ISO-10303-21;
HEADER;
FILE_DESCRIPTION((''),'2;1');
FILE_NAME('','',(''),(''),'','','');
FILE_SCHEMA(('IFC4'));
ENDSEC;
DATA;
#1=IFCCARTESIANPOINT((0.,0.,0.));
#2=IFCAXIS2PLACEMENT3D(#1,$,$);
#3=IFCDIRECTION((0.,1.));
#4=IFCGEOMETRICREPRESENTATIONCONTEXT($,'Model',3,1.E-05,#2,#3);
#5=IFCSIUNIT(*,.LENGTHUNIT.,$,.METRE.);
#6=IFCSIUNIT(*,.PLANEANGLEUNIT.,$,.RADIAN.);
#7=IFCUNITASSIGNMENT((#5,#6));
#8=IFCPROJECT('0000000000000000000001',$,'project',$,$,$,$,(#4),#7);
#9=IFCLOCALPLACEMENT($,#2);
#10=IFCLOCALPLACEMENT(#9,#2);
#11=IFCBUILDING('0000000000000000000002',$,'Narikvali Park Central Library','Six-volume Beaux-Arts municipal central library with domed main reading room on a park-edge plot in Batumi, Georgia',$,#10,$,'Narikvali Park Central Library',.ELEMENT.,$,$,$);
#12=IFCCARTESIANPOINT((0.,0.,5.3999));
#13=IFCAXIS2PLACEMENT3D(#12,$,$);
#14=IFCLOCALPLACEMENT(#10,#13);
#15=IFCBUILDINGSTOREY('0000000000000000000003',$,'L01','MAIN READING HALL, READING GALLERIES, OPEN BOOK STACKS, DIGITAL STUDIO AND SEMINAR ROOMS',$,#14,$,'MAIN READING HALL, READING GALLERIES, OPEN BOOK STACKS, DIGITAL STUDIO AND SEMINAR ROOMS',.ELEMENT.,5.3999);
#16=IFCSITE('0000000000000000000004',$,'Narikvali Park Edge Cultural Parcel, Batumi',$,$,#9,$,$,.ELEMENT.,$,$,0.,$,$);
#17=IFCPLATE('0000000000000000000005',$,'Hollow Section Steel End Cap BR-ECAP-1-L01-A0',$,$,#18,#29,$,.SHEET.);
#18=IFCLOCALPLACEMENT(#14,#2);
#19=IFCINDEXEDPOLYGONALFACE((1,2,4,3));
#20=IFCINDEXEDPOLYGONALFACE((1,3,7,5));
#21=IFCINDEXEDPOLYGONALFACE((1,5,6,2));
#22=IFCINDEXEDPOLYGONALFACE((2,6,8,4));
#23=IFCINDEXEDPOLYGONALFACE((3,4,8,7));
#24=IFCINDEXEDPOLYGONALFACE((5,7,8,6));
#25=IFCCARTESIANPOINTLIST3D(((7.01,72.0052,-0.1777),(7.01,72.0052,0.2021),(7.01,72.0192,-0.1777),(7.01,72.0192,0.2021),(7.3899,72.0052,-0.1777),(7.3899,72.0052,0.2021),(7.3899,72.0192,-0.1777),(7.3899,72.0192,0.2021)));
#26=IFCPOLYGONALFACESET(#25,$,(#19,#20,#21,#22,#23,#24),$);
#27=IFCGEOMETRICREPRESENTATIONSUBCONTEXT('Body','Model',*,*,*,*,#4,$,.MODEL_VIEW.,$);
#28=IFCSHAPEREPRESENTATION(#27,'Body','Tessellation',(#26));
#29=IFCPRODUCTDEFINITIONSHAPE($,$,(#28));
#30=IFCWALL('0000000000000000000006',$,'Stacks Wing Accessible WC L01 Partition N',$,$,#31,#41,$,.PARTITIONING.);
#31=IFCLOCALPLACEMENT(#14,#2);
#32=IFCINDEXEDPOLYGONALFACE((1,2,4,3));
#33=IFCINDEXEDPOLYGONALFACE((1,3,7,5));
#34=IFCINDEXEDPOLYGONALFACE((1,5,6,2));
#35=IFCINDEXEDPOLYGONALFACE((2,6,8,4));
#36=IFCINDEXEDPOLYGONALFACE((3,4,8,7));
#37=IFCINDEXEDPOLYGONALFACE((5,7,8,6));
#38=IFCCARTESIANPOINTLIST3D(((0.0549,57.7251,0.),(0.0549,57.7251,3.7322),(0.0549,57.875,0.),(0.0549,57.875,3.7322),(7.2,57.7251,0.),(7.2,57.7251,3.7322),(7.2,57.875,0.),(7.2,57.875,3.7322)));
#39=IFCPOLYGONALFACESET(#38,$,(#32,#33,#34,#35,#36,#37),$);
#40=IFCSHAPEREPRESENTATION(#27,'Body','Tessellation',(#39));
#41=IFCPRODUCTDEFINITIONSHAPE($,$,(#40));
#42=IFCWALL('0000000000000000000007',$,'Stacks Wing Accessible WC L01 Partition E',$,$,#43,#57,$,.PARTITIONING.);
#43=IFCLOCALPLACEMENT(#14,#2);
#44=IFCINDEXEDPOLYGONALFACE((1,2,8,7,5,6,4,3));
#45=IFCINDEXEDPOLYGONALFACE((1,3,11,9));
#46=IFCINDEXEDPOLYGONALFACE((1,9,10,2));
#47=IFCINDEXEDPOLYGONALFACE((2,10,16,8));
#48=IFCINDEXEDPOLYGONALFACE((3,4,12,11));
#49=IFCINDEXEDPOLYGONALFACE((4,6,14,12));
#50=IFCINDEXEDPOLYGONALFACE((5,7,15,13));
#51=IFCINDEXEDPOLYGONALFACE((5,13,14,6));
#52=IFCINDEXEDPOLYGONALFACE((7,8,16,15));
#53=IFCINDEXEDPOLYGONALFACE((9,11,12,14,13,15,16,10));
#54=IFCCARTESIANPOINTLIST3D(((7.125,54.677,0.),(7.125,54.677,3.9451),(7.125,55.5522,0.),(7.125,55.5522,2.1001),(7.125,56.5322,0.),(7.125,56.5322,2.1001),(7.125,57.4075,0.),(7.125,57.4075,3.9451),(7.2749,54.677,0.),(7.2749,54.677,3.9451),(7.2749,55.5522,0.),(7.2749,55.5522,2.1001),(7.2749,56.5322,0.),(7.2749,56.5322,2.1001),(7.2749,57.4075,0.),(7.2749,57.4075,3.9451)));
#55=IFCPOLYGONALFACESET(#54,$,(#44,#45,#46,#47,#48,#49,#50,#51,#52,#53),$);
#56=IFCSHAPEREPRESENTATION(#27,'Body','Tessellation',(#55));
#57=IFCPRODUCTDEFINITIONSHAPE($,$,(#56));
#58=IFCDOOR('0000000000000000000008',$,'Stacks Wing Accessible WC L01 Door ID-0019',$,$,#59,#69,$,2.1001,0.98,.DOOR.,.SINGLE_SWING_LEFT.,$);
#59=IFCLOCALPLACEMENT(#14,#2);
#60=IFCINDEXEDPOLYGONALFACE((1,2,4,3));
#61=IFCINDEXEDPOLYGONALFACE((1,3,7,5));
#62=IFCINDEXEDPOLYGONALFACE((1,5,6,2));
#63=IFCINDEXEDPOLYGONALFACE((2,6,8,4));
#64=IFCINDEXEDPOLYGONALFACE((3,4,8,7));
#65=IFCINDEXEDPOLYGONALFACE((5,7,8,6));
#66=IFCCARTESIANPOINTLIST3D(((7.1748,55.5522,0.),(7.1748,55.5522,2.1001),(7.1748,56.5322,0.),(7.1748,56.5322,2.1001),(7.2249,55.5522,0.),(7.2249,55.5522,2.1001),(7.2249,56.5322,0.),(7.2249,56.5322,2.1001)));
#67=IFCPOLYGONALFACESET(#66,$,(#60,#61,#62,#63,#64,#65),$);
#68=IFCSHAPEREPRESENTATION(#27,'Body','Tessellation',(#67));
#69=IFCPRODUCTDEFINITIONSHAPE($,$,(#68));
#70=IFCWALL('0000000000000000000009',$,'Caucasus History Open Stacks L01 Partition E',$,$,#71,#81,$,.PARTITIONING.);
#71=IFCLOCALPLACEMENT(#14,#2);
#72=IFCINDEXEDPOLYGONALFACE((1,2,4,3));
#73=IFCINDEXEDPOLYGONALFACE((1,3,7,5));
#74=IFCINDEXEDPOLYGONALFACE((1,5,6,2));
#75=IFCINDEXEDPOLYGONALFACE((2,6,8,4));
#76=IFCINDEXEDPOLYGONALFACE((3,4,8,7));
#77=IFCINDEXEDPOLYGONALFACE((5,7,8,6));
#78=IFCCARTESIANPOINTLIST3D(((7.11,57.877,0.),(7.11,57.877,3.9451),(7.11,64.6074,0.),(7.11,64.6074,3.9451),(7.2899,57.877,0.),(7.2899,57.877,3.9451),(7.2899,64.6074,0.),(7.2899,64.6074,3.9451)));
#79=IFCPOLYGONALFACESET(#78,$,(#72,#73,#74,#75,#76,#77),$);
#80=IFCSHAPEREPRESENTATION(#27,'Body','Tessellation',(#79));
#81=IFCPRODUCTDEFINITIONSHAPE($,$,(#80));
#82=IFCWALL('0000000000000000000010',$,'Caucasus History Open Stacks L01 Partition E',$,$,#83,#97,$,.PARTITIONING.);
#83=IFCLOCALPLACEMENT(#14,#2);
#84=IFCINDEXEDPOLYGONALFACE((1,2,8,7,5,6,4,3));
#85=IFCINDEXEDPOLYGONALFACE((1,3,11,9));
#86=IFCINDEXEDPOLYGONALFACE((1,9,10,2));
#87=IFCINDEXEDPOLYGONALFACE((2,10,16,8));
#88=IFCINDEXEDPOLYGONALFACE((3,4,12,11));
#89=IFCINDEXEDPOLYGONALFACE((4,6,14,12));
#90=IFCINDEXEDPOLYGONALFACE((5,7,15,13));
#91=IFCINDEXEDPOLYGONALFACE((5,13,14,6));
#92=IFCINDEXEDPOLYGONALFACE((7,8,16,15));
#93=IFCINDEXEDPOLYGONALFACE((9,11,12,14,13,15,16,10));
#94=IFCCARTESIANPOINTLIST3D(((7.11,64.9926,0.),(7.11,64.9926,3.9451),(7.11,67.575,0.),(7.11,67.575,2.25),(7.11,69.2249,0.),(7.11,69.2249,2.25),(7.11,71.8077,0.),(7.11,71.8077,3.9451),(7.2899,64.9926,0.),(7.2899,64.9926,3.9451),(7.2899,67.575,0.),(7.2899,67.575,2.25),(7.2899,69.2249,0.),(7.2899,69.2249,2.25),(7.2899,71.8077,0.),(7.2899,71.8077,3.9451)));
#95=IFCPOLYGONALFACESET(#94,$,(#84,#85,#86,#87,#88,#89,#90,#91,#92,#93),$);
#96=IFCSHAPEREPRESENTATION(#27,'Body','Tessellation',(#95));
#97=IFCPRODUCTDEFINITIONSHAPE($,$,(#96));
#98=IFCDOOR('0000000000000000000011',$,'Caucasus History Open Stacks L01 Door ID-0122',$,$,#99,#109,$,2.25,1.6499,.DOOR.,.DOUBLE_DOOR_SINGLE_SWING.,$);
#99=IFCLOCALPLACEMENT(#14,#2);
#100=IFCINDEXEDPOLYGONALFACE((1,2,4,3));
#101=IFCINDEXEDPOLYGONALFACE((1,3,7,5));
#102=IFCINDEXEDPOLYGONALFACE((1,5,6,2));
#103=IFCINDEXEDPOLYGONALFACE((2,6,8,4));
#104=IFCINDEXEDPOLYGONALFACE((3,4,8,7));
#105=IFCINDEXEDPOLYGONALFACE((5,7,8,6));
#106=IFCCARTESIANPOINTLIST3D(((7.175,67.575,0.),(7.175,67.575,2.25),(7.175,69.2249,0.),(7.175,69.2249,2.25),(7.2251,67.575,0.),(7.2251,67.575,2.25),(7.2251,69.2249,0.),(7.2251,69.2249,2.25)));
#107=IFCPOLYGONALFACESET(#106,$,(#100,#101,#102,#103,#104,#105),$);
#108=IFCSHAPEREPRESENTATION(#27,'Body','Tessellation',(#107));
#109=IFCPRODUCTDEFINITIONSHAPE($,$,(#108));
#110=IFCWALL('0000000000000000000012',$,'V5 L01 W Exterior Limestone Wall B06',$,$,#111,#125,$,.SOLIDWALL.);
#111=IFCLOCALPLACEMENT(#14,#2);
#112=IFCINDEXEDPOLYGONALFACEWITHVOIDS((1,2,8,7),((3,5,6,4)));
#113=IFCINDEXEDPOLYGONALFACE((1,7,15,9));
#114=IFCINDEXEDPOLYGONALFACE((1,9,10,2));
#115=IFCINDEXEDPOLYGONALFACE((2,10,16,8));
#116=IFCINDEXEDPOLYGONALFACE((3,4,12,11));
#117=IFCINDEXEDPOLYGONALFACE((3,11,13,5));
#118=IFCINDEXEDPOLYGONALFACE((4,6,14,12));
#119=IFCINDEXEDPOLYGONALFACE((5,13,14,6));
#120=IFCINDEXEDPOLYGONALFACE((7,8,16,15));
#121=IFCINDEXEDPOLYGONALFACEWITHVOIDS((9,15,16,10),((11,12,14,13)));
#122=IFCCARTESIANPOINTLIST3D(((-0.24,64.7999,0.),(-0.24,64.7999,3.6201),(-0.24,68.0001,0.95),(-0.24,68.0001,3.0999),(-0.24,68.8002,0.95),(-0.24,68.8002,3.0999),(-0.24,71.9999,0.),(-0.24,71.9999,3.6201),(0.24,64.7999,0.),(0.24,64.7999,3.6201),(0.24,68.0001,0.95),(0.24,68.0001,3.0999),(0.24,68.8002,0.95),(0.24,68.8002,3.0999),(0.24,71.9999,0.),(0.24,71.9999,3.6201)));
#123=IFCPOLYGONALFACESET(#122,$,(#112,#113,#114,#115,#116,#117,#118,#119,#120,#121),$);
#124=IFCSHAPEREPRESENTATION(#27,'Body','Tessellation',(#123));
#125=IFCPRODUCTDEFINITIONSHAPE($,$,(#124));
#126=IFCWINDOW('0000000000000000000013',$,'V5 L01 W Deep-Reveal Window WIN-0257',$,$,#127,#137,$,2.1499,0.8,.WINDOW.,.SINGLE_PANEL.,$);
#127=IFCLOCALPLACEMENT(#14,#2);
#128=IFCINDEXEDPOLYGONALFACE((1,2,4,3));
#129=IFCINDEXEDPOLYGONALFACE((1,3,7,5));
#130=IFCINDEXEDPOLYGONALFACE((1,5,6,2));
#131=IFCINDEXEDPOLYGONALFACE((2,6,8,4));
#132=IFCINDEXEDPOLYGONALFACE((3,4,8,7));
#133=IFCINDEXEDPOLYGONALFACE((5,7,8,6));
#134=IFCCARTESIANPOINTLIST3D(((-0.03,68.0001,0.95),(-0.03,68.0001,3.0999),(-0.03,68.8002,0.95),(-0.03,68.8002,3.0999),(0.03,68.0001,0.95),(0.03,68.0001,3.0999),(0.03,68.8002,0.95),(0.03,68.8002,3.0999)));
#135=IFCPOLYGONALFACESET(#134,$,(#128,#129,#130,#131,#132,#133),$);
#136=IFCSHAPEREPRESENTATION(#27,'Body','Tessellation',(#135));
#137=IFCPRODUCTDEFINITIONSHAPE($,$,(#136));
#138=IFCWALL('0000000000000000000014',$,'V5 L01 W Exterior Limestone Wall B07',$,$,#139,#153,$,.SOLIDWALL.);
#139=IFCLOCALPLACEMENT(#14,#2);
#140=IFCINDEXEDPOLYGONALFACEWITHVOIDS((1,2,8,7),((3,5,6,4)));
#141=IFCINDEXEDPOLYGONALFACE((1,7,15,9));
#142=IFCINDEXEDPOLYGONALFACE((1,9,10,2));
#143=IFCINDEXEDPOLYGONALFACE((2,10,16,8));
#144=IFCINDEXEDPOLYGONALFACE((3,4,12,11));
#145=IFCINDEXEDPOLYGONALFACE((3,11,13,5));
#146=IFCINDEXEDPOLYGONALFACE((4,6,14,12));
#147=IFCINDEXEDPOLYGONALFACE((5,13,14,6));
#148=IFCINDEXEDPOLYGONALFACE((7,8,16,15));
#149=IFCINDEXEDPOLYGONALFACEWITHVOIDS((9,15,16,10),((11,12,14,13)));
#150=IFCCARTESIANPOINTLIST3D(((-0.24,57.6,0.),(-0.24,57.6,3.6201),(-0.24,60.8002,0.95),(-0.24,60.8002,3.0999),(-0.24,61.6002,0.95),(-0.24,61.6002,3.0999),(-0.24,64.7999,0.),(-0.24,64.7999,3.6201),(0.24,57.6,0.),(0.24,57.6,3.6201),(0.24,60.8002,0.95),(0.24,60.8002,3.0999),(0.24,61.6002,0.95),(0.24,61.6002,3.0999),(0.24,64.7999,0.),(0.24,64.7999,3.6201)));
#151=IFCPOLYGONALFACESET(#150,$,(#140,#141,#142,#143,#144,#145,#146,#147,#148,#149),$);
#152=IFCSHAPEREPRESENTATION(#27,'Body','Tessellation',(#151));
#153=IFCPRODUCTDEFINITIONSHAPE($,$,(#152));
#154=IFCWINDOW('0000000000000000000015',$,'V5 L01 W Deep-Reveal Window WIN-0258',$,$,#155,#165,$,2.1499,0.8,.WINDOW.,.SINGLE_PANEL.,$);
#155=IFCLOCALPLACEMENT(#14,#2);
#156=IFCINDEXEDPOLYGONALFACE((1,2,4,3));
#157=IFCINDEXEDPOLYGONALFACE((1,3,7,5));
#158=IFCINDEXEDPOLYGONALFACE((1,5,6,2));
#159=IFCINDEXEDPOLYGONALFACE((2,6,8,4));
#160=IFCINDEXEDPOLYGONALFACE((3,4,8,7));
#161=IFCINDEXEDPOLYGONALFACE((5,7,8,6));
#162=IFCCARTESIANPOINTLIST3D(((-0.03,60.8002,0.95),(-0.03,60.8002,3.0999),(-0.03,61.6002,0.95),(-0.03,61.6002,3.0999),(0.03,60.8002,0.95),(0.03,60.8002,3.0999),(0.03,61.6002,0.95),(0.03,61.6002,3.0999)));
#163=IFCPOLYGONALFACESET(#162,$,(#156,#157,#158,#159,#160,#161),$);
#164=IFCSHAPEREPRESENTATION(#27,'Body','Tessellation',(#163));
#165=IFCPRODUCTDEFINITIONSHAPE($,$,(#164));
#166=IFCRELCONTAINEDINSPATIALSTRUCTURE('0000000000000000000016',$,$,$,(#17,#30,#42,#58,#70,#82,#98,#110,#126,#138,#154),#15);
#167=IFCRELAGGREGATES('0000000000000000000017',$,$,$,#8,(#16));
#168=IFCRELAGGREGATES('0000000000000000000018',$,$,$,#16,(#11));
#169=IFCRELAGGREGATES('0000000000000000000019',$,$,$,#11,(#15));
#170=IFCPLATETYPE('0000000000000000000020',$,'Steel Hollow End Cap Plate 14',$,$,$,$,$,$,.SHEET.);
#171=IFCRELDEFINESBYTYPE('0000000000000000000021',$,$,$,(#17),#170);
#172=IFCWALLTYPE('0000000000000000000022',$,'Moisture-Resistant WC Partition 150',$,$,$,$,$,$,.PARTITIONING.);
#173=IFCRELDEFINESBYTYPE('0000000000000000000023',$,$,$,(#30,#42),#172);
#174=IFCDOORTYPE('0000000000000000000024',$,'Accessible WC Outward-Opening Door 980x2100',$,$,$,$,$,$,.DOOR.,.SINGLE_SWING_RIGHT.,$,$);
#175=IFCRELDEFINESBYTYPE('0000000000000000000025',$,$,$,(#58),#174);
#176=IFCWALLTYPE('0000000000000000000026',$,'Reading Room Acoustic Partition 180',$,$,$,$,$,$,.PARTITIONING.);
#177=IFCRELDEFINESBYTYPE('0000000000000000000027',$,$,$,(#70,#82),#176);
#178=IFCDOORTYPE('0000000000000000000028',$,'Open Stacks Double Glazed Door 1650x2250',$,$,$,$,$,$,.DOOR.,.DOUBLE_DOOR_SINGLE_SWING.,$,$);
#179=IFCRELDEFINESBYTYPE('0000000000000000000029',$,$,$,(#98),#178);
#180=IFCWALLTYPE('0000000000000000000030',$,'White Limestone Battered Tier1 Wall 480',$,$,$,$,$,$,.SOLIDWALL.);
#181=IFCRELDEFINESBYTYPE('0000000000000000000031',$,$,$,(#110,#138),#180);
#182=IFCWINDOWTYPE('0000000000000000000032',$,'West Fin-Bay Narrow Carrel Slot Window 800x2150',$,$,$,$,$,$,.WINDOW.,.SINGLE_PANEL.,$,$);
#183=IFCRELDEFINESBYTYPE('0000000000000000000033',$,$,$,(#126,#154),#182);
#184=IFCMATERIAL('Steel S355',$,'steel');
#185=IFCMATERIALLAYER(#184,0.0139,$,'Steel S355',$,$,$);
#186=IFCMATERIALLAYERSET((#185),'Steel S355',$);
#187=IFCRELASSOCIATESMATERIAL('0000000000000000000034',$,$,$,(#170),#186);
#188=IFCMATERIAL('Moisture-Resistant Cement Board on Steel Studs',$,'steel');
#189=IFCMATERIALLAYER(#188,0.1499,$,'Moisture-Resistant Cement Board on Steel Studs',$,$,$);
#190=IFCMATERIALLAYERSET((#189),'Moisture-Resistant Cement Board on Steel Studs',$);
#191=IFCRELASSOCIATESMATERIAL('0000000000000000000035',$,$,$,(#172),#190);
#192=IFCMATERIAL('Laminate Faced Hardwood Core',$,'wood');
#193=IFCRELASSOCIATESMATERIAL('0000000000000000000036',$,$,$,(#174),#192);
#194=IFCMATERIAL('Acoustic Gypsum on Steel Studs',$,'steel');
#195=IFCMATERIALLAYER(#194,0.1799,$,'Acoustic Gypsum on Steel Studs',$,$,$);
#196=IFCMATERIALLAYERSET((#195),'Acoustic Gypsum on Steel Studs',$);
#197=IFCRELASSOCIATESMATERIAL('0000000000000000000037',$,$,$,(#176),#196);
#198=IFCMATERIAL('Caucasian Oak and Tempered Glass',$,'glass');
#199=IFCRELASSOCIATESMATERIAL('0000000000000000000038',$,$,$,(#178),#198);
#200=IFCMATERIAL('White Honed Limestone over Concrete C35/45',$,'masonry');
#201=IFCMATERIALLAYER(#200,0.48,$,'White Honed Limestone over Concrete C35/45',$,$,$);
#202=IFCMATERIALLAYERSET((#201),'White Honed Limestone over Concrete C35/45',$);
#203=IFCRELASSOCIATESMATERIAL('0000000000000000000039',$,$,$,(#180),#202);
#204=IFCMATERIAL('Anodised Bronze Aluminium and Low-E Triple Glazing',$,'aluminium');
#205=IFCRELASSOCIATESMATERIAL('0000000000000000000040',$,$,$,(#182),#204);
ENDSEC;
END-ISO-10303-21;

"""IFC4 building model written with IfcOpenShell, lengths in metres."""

from ifc_helpers import new_model, si_unit, direction, frame, frame_2d, origin, origin_2d, place, context, subcontext, project, spatial, rectangle, extrude, material, layer, layer_set, type_object, element, fill, save


model = new_model("IFC4")

# Units and contexts
model_context = context("Model", 3, precision=1e-05, world=origin(), true_north=direction((0.0, 1.0)))
body_context = subcontext(model_context, "Body", "Model", "MODEL_VIEW")
ifc_project = project(units=[si_unit("LENGTHUNIT", "METRE"), si_unit("PLANEANGLEUNIT", "RADIAN")], contexts=[model_context])

# Site, building, storey
site_placement = place(None, origin())
site = spatial("IfcSite", under=ifc_project, at=site_placement, Name="Narikvali Park Edge Cultural Parcel, Batumi", CompositionType="ELEMENT", RefElevation=0.0)
building_placement = place(site_placement, origin())
building = spatial("IfcBuilding", under=site, at=building_placement, Name="Narikvali Park Central Library", Description="Six-volume Beaux-Arts municipal central library with domed main reading room on a park-edge plot in Batumi, Georgia", LongName="Narikvali Park Central Library", CompositionType="ELEMENT")
storey_placement = place(building_placement, frame((0.0, 0.0, 5.3999)))
storey = spatial("IfcBuildingStorey", under=building, at=storey_placement, Name="L01", Description="MAIN READING HALL, READING GALLERIES, OPEN BOOK STACKS, DIGITAL STUDIO AND SEMINAR ROOMS", LongName="MAIN READING HALL, READING GALLERIES, OPEN BOOK STACKS, DIGITAL STUDIO AND SEMINAR ROOMS", CompositionType="ELEMENT", Elevation=5.3999)

# Shared definitions
ifc_material_1 = material(Name="Steel S355", Category="steel")

# Plate
ifc_layer_1 = layer(ifc_material_1, 0.0139, Name="Steel S355")
ifc_layer_set_1 = layer_set([ifc_layer_1], Name="Steel S355")
plate_type = type_object("IfcPlateType", Name="Steel Hollow End Cap Plate 14", PredefinedType="SHEET", material=ifc_layer_set_1)
plate_placement = place(storey_placement, frame((7.2, 72.0122, -0.1777), z_axis=(0.0, 0.0, 1.0), x_axis=(-1.0, 0.0, 0.0)))
element("IfcPlate", 1, at=plate_placement, inside=storey, type_object=plate_type, Name="Hollow Section Steel End Cap BR-ECAP-1-L01-A0", PredefinedType="SHEET", context=body_context, shape_type="SweptSolid", body=[
    extrude(rectangle(XDim=0.3799, YDim=0.0139, at=origin_2d()), origin(), (0.0, 0.0, 1.0), 0.3799),
])

# Wall
ifc_material_2 = material(Name="Moisture-Resistant Cement Board on Steel Studs", Category="steel")
ifc_layer_2 = layer(ifc_material_2, 0.1499, Name="Moisture-Resistant Cement Board on Steel Studs")
ifc_layer_set_2 = layer_set([ifc_layer_2], Name="Moisture-Resistant Cement Board on Steel Studs")
wall_type_1 = type_object("IfcWallType", Name="Moisture-Resistant WC Partition 150", PredefinedType="PARTITIONING", material=ifc_layer_set_2)
wall_1_placement = place(storey_placement, frame((0.0549, 57.8, 0.0), z_axis=(0.0, 0.0, 1.0), x_axis=(1.0, 0.0, 0.0)))
element("IfcWall", 2, at=wall_1_placement, inside=storey, type_object=wall_type_1, Name="Stacks Wing Accessible WC L01 Partition N", PredefinedType="PARTITIONING", context=body_context, shape_type="SweptSolid", body=[
    extrude(rectangle(XDim=7.145, YDim=0.1499, at=frame_2d((3.5725, 0.0))), origin(), (0.0, 0.0, 1.0), 3.7322),
])

# Wall, opening, door
wall_2_placement = place(storey_placement, frame((7.2, 54.677, 0.0), z_axis=(0.0, 0.0, 1.0), x_axis=(0.0, 1.0, 0.0)))
wall_2 = element("IfcWall", 3, at=wall_2_placement, inside=storey, type_object=wall_type_1, Name="Stacks Wing Accessible WC L01 Partition E", PredefinedType="PARTITIONING", context=body_context, shape_type="SweptSolid", body=[
    extrude(rectangle(XDim=2.7305, YDim=0.1499, at=frame_2d((1.3652, 0.0))), origin(), (0.0, 0.0, 1.0), 3.9451),
])
opening_1_placement = place(wall_2_placement, frame((0.8752, 0.0, 0.0)))
opening_1 = element("IfcOpeningElement", 4, at=opening_1_placement, cuts=wall_2, PredefinedType="OPENING", context=body_context, shape_type="SweptSolid", body=[
    extrude(rectangle(XDim=0.98, YDim=2.1001, at=frame_2d((0.49, 1.05))), frame((0.0, 0.0869, 0.0), z_axis=(0.0, -1.0, 0.0), x_axis=(1.0, 0.0, 0.0)), (0.0, 0.0, 1.0), 0.1738),
])
ifc_material_3 = material(Name="Laminate Faced Hardwood Core", Category="wood")
door_type_1 = type_object("IfcDoorType", Name="Accessible WC Outward-Opening Door 980x2100", OperationType="SINGLE_SWING_RIGHT", PredefinedType="DOOR", material=ifc_material_3)
door_1_placement = place(opening_1_placement, frame((0.98, 0.0, 0.0), z_axis=(0.0, 0.0, 1.0), x_axis=(-1.0, 0.0, 0.0)))
door_1 = element("IfcDoor", 5, at=door_1_placement, inside=storey, type_object=door_type_1, Name="Stacks Wing Accessible WC L01 Door ID-0019", OperationType="SINGLE_SWING_LEFT", OverallHeight=2.1001, OverallWidth=0.98, PredefinedType="DOOR", context=body_context, shape_type="SweptSolid", body=[
    extrude(rectangle(XDim=0.98, YDim=2.1001, at=frame_2d((0.49, 1.05))), frame((0.0, 0.0249, 0.0), z_axis=(0.0, -1.0, 0.0), x_axis=(1.0, 0.0, 0.0)), (0.0, 0.0, 1.0), 0.05),
])
fill(opening_1, door_1)

# Wall
ifc_material_4 = material(Name="Acoustic Gypsum on Steel Studs", Category="steel")
ifc_layer_3 = layer(ifc_material_4, 0.1799, Name="Acoustic Gypsum on Steel Studs")
ifc_layer_set_3 = layer_set([ifc_layer_3], Name="Acoustic Gypsum on Steel Studs")
wall_type_2 = type_object("IfcWallType", Name="Reading Room Acoustic Partition 180", PredefinedType="PARTITIONING", material=ifc_layer_set_3)
wall_3_placement = place(storey_placement, frame((7.2, 57.877, 0.0), z_axis=(0.0, 0.0, 1.0), x_axis=(0.0, 1.0, 0.0)))
element("IfcWall", 6, at=wall_3_placement, inside=storey, type_object=wall_type_2, Name="Caucasus History Open Stacks L01 Partition E", PredefinedType="PARTITIONING", context=body_context, shape_type="SweptSolid", body=[
    extrude(rectangle(XDim=6.7305, YDim=0.1799, at=frame_2d((3.3652, 0.0))), origin(), (0.0, 0.0, 1.0), 3.9451),
])

# Wall, opening, door
wall_4_placement = place(storey_placement, frame((7.2, 64.9924, 0.0), z_axis=(0.0, 0.0, 1.0), x_axis=(0.0, 1.0, 0.0)))
wall_4 = element("IfcWall", 7, at=wall_4_placement, inside=storey, type_object=wall_type_2, Name="Caucasus History Open Stacks L01 Partition E", PredefinedType="PARTITIONING", context=body_context, shape_type="SweptSolid", body=[
    extrude(rectangle(XDim=6.8152, YDim=0.1799, at=frame_2d((3.4077, 0.0))), origin(), (0.0, 0.0, 1.0), 3.9451),
])
opening_2_placement = place(wall_4_placement, frame((2.5825, 0.0, 0.0)))
opening_2 = element("IfcOpeningElement", 8, at=opening_2_placement, cuts=wall_4, PredefinedType="OPENING", context=body_context, shape_type="SweptSolid", body=[
    extrude(rectangle(XDim=1.6499, YDim=2.25, at=frame_2d((0.825, 1.125))), frame((0.0, 0.1021, 0.0), z_axis=(0.0, -1.0, 0.0), x_axis=(1.0, 0.0, 0.0)), (0.0, 0.0, 1.0), 0.2039),
])
ifc_material_5 = material(Name="Caucasian Oak and Tempered Glass", Category="glass")
door_type_2 = type_object("IfcDoorType", Name="Open Stacks Double Glazed Door 1650x2250", OperationType="DOUBLE_DOOR_SINGLE_SWING", PredefinedType="DOOR", material=ifc_material_5)
door_2_placement = place(opening_2_placement, origin())
door_2 = element("IfcDoor", 9, at=door_2_placement, inside=storey, type_object=door_type_2, Name="Caucasus History Open Stacks L01 Door ID-0122", OperationType="DOUBLE_DOOR_SINGLE_SWING", OverallHeight=2.25, OverallWidth=1.6499, PredefinedType="DOOR", context=body_context, shape_type="SweptSolid", body=[
    extrude(rectangle(XDim=1.6499, YDim=2.25, at=frame_2d((0.825, 1.125))), frame((0.0, 0.0249, 0.0), z_axis=(0.0, -1.0, 0.0), x_axis=(1.0, 0.0, 0.0)), (0.0, 0.0, 1.0), 0.05),
])
fill(opening_2, door_2)

# Walls, openings, windows
ifc_material_6 = material(Name="White Honed Limestone over Concrete C35/45", Category="masonry")
ifc_layer_4 = layer(ifc_material_6, 0.48, Name="White Honed Limestone over Concrete C35/45")
ifc_layer_set_4 = layer_set([ifc_layer_4], Name="White Honed Limestone over Concrete C35/45")
wall_type_3 = type_object("IfcWallType", Name="White Limestone Battered Tier1 Wall 480", PredefinedType="SOLIDWALL", material=ifc_layer_set_4)
wall_5_placement = place(storey_placement, frame((0.0, 72.0, 0.0), z_axis=(0.0, 0.0, 1.0), x_axis=(0.0, -1.0, 0.0)))
wall_5 = element("IfcWall", 10, at=wall_5_placement, inside=storey, type_object=wall_type_3, Name="V5 L01 W Exterior Limestone Wall B06", PredefinedType="SOLIDWALL", context=body_context, shape_type="SweptSolid", body=[
    extrude(rectangle(XDim=7.2, YDim=0.48, at=frame_2d((3.6001, 0.0))), origin(), (0.0, 0.0, 1.0), 3.6201),
])
opening_3_placement = place(wall_5_placement, frame((3.2, 0.0, 0.95)))
opening_3 = element("IfcOpeningElement", 11, at=opening_3_placement, cuts=wall_5, PredefinedType="OPENING", context=body_context, shape_type="SweptSolid", body=[
    extrude(rectangle(XDim=0.8, YDim=2.1499, at=frame_2d((0.3999, 1.075))), frame((0.0, 0.252, 0.0), z_axis=(0.0, -1.0, 0.0), x_axis=(1.0, 0.0, 0.0)), (0.0, 0.0, 1.0), 0.5039),
])
ifc_material_7 = material(Name="Anodised Bronze Aluminium and Low-E Triple Glazing", Category="aluminium")
window_type = type_object("IfcWindowType", Name="West Fin-Bay Narrow Carrel Slot Window 800x2150", PartitioningType="SINGLE_PANEL", PredefinedType="WINDOW", material=ifc_material_7)
window_1_placement = place(opening_3_placement, origin())
window_1 = element("IfcWindow", 12, at=window_1_placement, inside=storey, type_object=window_type, Name="V5 L01 W Deep-Reveal Window WIN-0257", OverallHeight=2.1499, OverallWidth=0.8, PartitioningType="SINGLE_PANEL", PredefinedType="WINDOW", context=body_context, shape_type="SweptSolid", body=[
    extrude(rectangle(XDim=0.8, YDim=2.1499, at=frame_2d((0.3999, 1.075))), frame((0.0, 0.03, 0.0), z_axis=(0.0, -1.0, 0.0), x_axis=(1.0, 0.0, 0.0)), (0.0, 0.0, 1.0), 0.0601),
])
fill(opening_3, window_1)
wall_6_placement = place(storey_placement, frame((0.0, 64.8, 0.0), z_axis=(0.0, 0.0, 1.0), x_axis=(0.0, -1.0, 0.0)))
wall_6 = element("IfcWall", 13, at=wall_6_placement, inside=storey, type_object=wall_type_3, Name="V5 L01 W Exterior Limestone Wall B07", PredefinedType="SOLIDWALL", context=body_context, shape_type="SweptSolid", body=[
    extrude(rectangle(XDim=7.2, YDim=0.48, at=frame_2d((3.6001, 0.0))), origin(), (0.0, 0.0, 1.0), 3.6201),
])
opening_4_placement = place(wall_6_placement, frame((3.2, 0.0, 0.95)))
opening_4 = element("IfcOpeningElement", 14, at=opening_4_placement, cuts=wall_6, PredefinedType="OPENING", context=body_context, shape_type="SweptSolid", body=[
    extrude(rectangle(XDim=0.8, YDim=2.1499, at=frame_2d((0.3999, 1.075))), frame((0.0, 0.252, 0.0), z_axis=(0.0, -1.0, 0.0), x_axis=(1.0, 0.0, 0.0)), (0.0, 0.0, 1.0), 0.5039),
])
window_2_placement = place(opening_4_placement, origin())
window_2 = element("IfcWindow", 15, at=window_2_placement, inside=storey, type_object=window_type, Name="V5 L01 W Deep-Reveal Window WIN-0258", OverallHeight=2.1499, OverallWidth=0.8, PartitioningType="SINGLE_PANEL", PredefinedType="WINDOW", context=body_context, shape_type="SweptSolid", body=[
    extrude(rectangle(XDim=0.8, YDim=2.1499, at=frame_2d((0.3999, 1.075))), frame((0.0, 0.03, 0.0), z_axis=(0.0, -1.0, 0.0), x_axis=(1.0, 0.0, 0.0)), (0.0, 0.0, 1.0), 0.0601),
])
fill(opening_4, window_2)

save(model, "model.ifc")
